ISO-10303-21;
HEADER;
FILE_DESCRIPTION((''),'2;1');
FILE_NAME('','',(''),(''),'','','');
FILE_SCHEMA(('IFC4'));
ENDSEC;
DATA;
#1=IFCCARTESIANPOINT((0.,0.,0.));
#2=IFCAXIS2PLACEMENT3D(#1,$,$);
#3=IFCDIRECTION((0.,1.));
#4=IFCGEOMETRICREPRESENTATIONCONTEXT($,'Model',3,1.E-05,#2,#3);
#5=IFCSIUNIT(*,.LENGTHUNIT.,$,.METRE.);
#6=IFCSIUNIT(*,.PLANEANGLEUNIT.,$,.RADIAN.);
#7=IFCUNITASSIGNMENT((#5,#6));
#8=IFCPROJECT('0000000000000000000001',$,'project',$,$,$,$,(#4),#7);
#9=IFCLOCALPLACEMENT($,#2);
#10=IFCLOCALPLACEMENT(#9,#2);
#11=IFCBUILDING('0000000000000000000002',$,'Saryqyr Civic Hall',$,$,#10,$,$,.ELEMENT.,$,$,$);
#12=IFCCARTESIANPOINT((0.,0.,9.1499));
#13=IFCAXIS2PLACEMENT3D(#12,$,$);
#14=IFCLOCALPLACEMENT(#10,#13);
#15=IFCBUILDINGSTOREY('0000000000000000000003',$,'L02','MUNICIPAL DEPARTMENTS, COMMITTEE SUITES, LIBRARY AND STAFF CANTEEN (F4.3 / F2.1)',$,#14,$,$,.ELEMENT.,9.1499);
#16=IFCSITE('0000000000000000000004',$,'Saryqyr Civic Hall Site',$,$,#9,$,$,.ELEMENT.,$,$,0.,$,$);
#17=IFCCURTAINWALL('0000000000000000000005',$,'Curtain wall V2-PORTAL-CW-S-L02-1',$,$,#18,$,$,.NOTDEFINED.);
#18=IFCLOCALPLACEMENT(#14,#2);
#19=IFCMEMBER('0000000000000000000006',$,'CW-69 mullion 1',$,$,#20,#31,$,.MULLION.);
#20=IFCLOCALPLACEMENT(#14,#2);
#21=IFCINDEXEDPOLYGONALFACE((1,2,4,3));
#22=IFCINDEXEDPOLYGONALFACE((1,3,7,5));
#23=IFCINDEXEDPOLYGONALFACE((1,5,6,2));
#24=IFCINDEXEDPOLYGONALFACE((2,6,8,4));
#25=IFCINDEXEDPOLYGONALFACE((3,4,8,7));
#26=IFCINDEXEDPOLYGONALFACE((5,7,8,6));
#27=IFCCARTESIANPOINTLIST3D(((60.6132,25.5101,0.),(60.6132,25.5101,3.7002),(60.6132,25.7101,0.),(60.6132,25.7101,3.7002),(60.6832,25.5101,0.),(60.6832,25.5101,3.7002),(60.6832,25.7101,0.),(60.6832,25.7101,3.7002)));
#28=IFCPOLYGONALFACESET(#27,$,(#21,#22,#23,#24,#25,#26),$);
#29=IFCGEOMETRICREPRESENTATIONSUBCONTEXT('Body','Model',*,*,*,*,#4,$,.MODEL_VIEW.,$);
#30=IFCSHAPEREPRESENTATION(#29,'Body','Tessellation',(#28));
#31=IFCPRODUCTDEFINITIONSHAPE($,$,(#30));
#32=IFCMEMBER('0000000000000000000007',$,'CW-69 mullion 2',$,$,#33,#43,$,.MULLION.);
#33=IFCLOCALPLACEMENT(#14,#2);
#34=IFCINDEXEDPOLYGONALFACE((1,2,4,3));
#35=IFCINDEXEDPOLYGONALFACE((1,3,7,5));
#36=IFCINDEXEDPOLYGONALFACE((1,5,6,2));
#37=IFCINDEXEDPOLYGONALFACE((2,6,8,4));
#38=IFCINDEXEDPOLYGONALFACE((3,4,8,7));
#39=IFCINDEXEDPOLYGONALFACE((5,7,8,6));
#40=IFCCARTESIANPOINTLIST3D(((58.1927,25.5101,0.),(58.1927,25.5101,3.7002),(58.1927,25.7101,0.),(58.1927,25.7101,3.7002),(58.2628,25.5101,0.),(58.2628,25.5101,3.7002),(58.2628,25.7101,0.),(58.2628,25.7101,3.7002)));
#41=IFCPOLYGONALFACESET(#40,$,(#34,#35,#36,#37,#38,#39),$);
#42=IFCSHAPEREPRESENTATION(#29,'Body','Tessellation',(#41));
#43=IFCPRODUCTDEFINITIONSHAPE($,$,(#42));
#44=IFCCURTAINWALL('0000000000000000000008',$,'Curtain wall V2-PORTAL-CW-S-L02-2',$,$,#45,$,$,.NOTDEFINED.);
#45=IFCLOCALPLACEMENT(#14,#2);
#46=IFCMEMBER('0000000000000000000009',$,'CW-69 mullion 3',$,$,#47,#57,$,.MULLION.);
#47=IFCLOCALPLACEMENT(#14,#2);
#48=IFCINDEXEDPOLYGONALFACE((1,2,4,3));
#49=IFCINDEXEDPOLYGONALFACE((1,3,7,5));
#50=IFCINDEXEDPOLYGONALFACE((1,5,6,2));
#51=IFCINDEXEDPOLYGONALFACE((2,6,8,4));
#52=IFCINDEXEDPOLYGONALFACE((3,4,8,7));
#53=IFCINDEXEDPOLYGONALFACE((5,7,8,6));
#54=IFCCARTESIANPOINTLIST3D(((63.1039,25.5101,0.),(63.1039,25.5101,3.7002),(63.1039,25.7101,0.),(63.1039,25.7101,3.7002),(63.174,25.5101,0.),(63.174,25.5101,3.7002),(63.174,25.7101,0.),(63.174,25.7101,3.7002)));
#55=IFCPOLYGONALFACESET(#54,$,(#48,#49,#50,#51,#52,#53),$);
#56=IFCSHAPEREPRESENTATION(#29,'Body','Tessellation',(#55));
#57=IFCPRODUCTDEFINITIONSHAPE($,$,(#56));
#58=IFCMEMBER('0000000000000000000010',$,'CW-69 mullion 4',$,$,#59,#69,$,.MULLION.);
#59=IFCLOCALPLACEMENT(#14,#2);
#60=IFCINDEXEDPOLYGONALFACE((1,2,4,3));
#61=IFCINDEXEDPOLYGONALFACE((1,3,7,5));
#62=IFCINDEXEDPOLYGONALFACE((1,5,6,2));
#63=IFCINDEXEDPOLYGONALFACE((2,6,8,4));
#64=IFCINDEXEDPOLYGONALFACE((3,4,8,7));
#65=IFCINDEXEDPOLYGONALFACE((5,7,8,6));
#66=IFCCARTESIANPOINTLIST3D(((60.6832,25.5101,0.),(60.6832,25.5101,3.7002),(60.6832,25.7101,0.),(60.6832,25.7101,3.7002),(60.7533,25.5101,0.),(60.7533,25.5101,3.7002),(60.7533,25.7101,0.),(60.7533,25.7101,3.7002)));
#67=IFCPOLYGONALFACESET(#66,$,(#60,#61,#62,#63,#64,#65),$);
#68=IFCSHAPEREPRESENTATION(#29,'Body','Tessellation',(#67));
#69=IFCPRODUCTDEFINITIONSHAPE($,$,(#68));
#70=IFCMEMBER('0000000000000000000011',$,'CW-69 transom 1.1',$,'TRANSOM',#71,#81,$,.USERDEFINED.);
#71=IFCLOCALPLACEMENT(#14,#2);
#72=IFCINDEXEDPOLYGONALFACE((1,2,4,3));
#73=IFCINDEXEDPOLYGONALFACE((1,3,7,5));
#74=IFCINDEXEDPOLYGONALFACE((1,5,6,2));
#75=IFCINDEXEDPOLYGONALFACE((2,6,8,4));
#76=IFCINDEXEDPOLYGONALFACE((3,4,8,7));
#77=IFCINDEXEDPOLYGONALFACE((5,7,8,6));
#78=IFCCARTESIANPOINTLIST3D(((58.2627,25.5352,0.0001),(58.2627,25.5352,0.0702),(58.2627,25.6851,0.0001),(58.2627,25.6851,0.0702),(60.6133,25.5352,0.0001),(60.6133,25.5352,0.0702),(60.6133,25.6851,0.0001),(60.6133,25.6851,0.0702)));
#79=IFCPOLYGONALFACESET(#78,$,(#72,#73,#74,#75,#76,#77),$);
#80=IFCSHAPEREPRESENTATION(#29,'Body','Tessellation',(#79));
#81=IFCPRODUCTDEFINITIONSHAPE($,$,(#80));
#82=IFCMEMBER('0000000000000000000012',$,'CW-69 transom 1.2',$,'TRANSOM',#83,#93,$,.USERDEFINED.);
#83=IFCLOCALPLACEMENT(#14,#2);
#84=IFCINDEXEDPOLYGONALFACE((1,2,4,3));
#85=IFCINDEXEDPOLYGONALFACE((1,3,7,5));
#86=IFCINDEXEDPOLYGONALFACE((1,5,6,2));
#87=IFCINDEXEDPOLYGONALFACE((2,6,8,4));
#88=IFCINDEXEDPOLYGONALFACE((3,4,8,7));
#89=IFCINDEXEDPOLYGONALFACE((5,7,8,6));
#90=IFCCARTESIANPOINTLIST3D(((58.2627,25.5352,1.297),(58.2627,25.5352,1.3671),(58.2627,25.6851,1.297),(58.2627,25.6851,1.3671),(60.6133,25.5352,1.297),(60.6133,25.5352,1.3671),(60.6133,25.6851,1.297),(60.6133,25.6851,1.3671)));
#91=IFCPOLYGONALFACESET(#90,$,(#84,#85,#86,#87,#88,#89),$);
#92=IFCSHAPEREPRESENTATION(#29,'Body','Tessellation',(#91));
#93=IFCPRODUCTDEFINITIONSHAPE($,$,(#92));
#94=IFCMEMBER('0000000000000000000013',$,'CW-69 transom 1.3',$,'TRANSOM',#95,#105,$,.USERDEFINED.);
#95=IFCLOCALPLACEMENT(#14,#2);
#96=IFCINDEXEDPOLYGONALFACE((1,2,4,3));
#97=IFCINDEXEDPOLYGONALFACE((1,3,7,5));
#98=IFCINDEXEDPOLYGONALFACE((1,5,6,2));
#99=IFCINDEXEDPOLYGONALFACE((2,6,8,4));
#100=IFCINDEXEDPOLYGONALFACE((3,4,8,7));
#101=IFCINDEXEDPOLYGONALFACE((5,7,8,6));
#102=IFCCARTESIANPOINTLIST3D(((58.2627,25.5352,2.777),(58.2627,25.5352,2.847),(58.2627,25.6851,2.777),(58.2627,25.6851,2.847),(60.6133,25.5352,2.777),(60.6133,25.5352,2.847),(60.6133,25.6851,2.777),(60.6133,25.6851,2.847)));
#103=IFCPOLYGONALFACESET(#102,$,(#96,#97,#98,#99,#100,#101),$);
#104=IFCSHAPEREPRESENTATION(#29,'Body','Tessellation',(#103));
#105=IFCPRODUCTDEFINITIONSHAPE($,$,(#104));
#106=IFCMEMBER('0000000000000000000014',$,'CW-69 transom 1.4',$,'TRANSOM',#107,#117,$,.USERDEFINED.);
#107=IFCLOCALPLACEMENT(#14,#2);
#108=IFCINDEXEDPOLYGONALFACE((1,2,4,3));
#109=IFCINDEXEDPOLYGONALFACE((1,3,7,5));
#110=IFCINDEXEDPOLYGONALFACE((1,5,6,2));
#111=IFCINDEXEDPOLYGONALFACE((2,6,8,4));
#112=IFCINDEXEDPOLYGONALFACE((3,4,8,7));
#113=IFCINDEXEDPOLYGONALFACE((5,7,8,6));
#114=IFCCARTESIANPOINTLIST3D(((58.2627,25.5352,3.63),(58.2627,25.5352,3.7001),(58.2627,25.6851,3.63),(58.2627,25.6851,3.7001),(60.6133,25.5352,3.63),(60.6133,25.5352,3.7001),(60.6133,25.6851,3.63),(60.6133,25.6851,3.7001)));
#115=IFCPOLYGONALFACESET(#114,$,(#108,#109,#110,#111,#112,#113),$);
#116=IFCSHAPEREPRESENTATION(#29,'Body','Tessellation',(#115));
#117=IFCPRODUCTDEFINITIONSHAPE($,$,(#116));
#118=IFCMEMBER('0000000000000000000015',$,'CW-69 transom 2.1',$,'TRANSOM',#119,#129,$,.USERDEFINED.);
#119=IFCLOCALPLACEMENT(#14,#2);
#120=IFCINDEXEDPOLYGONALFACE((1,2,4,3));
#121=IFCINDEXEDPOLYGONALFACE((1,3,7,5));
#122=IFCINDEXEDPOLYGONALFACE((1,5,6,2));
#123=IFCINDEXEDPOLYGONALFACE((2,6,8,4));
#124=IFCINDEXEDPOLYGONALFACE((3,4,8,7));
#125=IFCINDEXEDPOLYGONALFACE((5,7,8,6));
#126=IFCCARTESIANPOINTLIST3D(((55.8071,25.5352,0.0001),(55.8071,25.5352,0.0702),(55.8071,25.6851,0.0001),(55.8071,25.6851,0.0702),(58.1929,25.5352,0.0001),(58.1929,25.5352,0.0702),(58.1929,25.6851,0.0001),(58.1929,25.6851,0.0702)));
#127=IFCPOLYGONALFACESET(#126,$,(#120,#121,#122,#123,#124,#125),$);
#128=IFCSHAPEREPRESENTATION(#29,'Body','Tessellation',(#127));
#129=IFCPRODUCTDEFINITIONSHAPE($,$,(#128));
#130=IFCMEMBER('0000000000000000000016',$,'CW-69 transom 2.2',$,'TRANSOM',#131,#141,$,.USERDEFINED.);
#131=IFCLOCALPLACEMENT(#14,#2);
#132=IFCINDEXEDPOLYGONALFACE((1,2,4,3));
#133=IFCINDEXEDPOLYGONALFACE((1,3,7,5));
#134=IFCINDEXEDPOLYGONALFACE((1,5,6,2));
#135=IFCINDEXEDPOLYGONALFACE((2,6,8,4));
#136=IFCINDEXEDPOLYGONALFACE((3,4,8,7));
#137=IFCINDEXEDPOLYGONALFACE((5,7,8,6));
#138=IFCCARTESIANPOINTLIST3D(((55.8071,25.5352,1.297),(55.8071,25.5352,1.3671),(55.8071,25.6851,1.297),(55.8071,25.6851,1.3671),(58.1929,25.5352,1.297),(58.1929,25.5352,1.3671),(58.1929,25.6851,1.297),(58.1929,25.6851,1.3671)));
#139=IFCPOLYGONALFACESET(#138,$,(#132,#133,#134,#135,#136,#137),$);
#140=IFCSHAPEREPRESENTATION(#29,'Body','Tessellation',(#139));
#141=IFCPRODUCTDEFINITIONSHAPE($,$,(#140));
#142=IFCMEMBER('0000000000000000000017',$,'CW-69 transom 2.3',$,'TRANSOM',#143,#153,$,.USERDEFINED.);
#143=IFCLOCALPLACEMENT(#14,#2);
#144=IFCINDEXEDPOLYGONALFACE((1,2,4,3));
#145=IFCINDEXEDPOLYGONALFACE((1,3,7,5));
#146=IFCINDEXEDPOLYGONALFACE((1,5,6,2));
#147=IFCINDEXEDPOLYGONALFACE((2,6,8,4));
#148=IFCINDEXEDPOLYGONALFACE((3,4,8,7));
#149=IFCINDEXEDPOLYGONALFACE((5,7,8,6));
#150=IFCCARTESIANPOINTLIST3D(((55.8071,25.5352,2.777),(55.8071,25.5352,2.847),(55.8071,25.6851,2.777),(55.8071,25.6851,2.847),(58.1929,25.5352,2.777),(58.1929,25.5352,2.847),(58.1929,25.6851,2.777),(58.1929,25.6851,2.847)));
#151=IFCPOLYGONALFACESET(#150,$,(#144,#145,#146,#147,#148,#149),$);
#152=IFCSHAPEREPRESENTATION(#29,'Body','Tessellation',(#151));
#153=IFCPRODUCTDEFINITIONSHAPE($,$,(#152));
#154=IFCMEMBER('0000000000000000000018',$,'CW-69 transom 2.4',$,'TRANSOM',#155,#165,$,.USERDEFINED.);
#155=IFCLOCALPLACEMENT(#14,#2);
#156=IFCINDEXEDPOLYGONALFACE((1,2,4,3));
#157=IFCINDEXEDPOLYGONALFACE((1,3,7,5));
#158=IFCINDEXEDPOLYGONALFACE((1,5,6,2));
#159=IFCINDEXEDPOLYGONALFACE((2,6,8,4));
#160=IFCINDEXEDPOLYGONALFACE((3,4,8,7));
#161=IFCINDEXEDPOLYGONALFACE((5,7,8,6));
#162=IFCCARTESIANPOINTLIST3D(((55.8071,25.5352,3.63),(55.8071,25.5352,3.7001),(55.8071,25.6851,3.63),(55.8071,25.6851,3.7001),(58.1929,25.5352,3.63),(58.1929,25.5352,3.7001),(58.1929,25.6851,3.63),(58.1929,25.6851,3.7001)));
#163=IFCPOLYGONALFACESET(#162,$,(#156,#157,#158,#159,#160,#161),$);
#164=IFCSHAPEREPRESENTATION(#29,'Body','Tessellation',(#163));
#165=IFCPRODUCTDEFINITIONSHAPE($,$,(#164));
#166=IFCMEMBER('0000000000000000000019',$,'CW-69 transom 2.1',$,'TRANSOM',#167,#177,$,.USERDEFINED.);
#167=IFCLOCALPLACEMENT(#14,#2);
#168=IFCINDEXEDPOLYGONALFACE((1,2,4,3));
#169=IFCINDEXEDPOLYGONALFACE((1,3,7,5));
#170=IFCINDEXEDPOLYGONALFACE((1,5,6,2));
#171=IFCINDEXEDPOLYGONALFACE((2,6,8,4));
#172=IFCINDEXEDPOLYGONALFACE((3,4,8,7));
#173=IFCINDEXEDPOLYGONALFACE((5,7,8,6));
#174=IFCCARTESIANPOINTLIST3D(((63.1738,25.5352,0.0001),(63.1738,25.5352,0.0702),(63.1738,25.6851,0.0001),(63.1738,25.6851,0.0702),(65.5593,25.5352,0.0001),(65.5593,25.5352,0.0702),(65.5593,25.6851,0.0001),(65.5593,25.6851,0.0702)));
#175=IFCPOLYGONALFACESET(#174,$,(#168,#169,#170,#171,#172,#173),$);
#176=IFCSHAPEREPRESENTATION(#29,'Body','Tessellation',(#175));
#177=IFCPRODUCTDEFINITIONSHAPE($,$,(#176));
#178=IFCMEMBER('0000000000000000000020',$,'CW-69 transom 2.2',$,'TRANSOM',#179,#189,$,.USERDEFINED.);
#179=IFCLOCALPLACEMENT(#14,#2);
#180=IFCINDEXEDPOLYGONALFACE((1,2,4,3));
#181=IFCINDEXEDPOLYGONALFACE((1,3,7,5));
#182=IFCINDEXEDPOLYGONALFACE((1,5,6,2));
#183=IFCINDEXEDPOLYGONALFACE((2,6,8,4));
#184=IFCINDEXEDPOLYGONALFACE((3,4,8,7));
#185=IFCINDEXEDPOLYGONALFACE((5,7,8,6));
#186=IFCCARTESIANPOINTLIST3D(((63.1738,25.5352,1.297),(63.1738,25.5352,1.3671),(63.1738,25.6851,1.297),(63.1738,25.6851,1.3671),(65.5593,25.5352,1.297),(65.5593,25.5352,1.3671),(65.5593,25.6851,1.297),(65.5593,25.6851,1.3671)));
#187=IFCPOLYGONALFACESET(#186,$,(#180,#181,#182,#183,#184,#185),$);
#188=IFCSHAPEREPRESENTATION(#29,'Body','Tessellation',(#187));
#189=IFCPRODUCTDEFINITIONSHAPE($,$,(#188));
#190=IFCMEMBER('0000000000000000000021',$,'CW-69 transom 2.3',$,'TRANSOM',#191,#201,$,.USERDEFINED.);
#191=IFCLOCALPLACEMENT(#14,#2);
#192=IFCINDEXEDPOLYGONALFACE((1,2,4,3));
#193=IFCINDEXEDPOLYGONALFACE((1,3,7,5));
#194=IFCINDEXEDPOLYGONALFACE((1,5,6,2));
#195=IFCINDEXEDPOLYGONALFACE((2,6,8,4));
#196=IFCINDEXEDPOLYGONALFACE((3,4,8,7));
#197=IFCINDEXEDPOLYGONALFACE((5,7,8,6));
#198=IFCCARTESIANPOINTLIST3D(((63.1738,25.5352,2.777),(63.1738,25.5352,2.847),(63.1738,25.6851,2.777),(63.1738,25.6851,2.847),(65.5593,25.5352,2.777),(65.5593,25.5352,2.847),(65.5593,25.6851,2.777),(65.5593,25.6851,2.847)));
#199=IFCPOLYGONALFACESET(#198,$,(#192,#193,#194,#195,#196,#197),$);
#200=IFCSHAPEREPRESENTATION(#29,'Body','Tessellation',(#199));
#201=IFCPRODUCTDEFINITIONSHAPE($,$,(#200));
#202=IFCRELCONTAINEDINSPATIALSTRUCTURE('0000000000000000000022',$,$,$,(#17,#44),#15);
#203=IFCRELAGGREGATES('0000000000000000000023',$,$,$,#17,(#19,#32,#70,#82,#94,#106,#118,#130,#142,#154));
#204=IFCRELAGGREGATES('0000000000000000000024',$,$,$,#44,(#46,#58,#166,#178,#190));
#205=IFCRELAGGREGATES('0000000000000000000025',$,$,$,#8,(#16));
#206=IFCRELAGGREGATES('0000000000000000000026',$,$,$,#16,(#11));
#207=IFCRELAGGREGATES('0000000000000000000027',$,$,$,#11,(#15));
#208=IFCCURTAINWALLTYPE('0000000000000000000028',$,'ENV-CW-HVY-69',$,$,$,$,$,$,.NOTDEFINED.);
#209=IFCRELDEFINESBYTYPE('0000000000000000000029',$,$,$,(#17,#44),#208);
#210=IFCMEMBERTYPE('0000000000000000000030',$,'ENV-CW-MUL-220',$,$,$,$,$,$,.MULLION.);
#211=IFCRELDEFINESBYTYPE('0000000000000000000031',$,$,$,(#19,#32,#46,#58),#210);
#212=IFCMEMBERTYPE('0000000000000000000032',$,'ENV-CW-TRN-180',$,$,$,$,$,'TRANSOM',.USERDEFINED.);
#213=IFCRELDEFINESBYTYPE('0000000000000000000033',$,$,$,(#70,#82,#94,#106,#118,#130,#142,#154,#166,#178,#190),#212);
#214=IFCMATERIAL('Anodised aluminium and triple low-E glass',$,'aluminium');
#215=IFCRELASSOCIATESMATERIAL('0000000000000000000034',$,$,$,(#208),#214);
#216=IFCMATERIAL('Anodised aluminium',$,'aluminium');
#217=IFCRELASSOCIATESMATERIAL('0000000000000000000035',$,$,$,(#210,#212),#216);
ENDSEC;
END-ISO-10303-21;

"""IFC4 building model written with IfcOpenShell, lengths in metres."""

from ifc_helpers import new_model, si_unit, direction, frame, origin, origin_2d, place, context, subcontext, project, spatial, rectangle, extrude, material, material_profile, profile_set, type_object, element, aggregate, save


model = new_model("IFC4")

# Units and contexts
model_context = context("Model", 3, precision=1e-05, world=origin(), true_north=direction((0.0, 1.0)))
body_context = subcontext(model_context, "Body", "Model", "MODEL_VIEW")
ifc_project = project(units=[si_unit("LENGTHUNIT", "METRE"), si_unit("PLANEANGLEUNIT", "RADIAN")], contexts=[model_context])

# Site, building, storey
site_placement = place(None, origin())
site = spatial("IfcSite", under=ifc_project, at=site_placement, Name="Saryqyr Civic Hall Site", CompositionType="ELEMENT", RefElevation=0.0)
building_placement = place(site_placement, origin())
building = spatial("IfcBuilding", under=site, at=building_placement, Name="Saryqyr Civic Hall", CompositionType="ELEMENT")
storey_placement = place(building_placement, frame((0.0, 0.0, 9.1499)))
storey = spatial("IfcBuildingStorey", under=building, at=storey_placement, Name="L02", Description="MUNICIPAL DEPARTMENTS, COMMITTEE SUITES, LIBRARY AND STAFF CANTEEN (F4.3 / F2.1)", CompositionType="ELEMENT", Elevation=9.1499)

# Curtain walls, members
ifc_material_1 = material(Name="Anodised aluminium and triple low-E glass", Category="aluminium")
curtain_wall_type = type_object("IfcCurtainWallType", Name="ENV-CW-HVY-69", PredefinedType="NOTDEFINED", material=ifc_material_1)
curtain_wall_1_placement = place(storey_placement, origin())
curtain_wall_1 = element("IfcCurtainWall", 1, at=curtain_wall_1_placement, inside=storey, type_object=curtain_wall_type, Name="Curtain wall V2-PORTAL-CW-S-L02-1", PredefinedType="NOTDEFINED")
ifc_material_2 = material(Name="Anodised aluminium", Category="aluminium")
ifc_material_profile_1 = material_profile(ifc_material_2, rectangle(XDim=0.0701, YDim=0.2, at=origin_2d()), Name="ALU MULLION 70x200")
ifc_profile_set_1 = profile_set([ifc_material_profile_1], Name="Anodised aluminium")
member_type_1 = type_object("IfcMemberType", Name="ENV-CW-MUL-220", PredefinedType="MULLION", material=ifc_profile_set_1)
member_1_placement = place(storey_placement, frame((60.6482, 25.6101, 0.0), z_axis=(0.0, 0.0, 1.0), x_axis=(-1.0, 0.0, 0.0)))
member_1 = element("IfcMember", 2, at=member_1_placement, type_object=member_type_1, Name="CW-69 mullion 1", PredefinedType="MULLION", context=body_context, shape_type="SweptSolid", body=[
    extrude(rectangle(XDim=0.0701, YDim=0.2, at=origin_2d()), origin(), (0.0, 0.0, 1.0), 3.7002),
])
member_2_placement = place(storey_placement, frame((58.2278, 25.6101, 0.0), z_axis=(0.0, 0.0, 1.0), x_axis=(-1.0, 0.0, 0.0)))
member_2 = element("IfcMember", 3, at=member_2_placement, type_object=member_type_1, Name="CW-69 mullion 2", PredefinedType="MULLION", context=body_context, shape_type="SweptSolid", body=[
    extrude(rectangle(XDim=0.0701, YDim=0.2, at=origin_2d()), origin(), (0.0, 0.0, 1.0), 3.7002),
])
curtain_wall_2_placement = place(storey_placement, origin())
curtain_wall_2 = element("IfcCurtainWall", 4, at=curtain_wall_2_placement, inside=storey, type_object=curtain_wall_type, Name="Curtain wall V2-PORTAL-CW-S-L02-2", PredefinedType="NOTDEFINED")
member_3_placement = place(storey_placement, frame((63.1389, 25.6101, 0.0), z_axis=(0.0, 0.0, 1.0), x_axis=(-1.0, 0.0, 0.0)))
member_3 = element("IfcMember", 5, at=member_3_placement, type_object=member_type_1, Name="CW-69 mullion 3", PredefinedType="MULLION", context=body_context, shape_type="SweptSolid", body=[
    extrude(rectangle(XDim=0.0701, YDim=0.2, at=origin_2d()), origin(), (0.0, 0.0, 1.0), 3.7002),
])
member_4_placement = place(storey_placement, frame((60.7183, 25.6101, 0.0), z_axis=(0.0, 0.0, 1.0), x_axis=(-1.0, 0.0, 0.0)))
member_4 = element("IfcMember", 6, at=member_4_placement, type_object=member_type_1, Name="CW-69 mullion 4", PredefinedType="MULLION", context=body_context, shape_type="SweptSolid", body=[
    extrude(rectangle(XDim=0.0701, YDim=0.2, at=origin_2d()), origin(), (0.0, 0.0, 1.0), 3.7002),
])

# Members
ifc_material_profile_2 = material_profile(ifc_material_2, rectangle(XDim=0.1499, YDim=0.0701, at=origin_2d()), Name="ALU TRANSOM 150x70")
ifc_profile_set_2 = profile_set([ifc_material_profile_2], Name="Anodised aluminium")
member_type_2 = type_object("IfcMemberType", Name="ENV-CW-TRN-180", ElementType="TRANSOM", PredefinedType="USERDEFINED", material=ifc_profile_set_2)
member_5_placement = place(storey_placement, frame((60.6133, 25.6101, 0.0352), z_axis=(-1.0, 0.0, 0.0), x_axis=(0.0, -1.0, 0.0)))
member_5 = element("IfcMember", 7, at=member_5_placement, type_object=member_type_2, Name="CW-69 transom 1.1", ObjectType="TRANSOM", PredefinedType="USERDEFINED", context=body_context, shape_type="SweptSolid", body=[
    extrude(rectangle(XDim=0.1499, YDim=0.0701, at=origin_2d()), origin(), (0.0, 0.0, 1.0), 2.3506),
])
member_6_placement = place(storey_placement, frame((60.6133, 25.6101, 1.332), z_axis=(-1.0, 0.0, 0.0), x_axis=(0.0, -1.0, 0.0)))
member_6 = element("IfcMember", 8, at=member_6_placement, type_object=member_type_2, Name="CW-69 transom 1.2", ObjectType="TRANSOM", PredefinedType="USERDEFINED", context=body_context, shape_type="SweptSolid", body=[
    extrude(rectangle(XDim=0.1499, YDim=0.0701, at=origin_2d()), origin(), (0.0, 0.0, 1.0), 2.3506),
])
member_7_placement = place(storey_placement, frame((60.6133, 25.6101, 2.812), z_axis=(-1.0, 0.0, 0.0), x_axis=(0.0, -1.0, 0.0)))
member_7 = element("IfcMember", 9, at=member_7_placement, type_object=member_type_2, Name="CW-69 transom 1.3", ObjectType="TRANSOM", PredefinedType="USERDEFINED", context=body_context, shape_type="SweptSolid", body=[
    extrude(rectangle(XDim=0.1499, YDim=0.0701, at=origin_2d()), origin(), (0.0, 0.0, 1.0), 2.3506),
])
member_8_placement = place(storey_placement, frame((60.6133, 25.6101, 3.665), z_axis=(-1.0, 0.0, 0.0), x_axis=(0.0, -1.0, 0.0)))
member_8 = element("IfcMember", 10, at=member_8_placement, type_object=member_type_2, Name="CW-69 transom 1.4", ObjectType="TRANSOM", PredefinedType="USERDEFINED", context=body_context, shape_type="SweptSolid", body=[
    extrude(rectangle(XDim=0.1499, YDim=0.0701, at=origin_2d()), origin(), (0.0, 0.0, 1.0), 2.3506),
])
member_9_placement = place(storey_placement, frame((58.1929, 25.6101, 0.0352), z_axis=(-1.0, 0.0, 0.0), x_axis=(0.0, -1.0, 0.0)))
member_9 = element("IfcMember", 11, at=member_9_placement, type_object=member_type_2, Name="CW-69 transom 2.1", ObjectType="TRANSOM", PredefinedType="USERDEFINED", context=body_context, shape_type="SweptSolid", body=[
    extrude(rectangle(XDim=0.1499, YDim=0.0701, at=origin_2d()), origin(), (0.0, 0.0, 1.0), 2.3857),
])
member_10_placement = place(storey_placement, frame((58.1929, 25.6101, 1.332), z_axis=(-1.0, 0.0, 0.0), x_axis=(0.0, -1.0, 0.0)))
member_10 = element("IfcMember", 12, at=member_10_placement, type_object=member_type_2, Name="CW-69 transom 2.2", ObjectType="TRANSOM", PredefinedType="USERDEFINED", context=body_context, shape_type="SweptSolid", body=[
    extrude(rectangle(XDim=0.1499, YDim=0.0701, at=origin_2d()), origin(), (0.0, 0.0, 1.0), 2.3857),
])
member_11_placement = place(storey_placement, frame((58.1929, 25.6101, 2.812), z_axis=(-1.0, 0.0, 0.0), x_axis=(0.0, -1.0, 0.0)))
member_11 = element("IfcMember", 13, at=member_11_placement, type_object=member_type_2, Name="CW-69 transom 2.3", ObjectType="TRANSOM", PredefinedType="USERDEFINED", context=body_context, shape_type="SweptSolid", body=[
    extrude(rectangle(XDim=0.1499, YDim=0.0701, at=origin_2d()), origin(), (0.0, 0.0, 1.0), 2.3857),
])
member_12_placement = place(storey_placement, frame((58.1929, 25.6101, 3.665), z_axis=(-1.0, 0.0, 0.0), x_axis=(0.0, -1.0, 0.0)))
member_12 = element("IfcMember", 14, at=member_12_placement, type_object=member_type_2, Name="CW-69 transom 2.4", ObjectType="TRANSOM", PredefinedType="USERDEFINED", context=body_context, shape_type="SweptSolid", body=[
    extrude(rectangle(XDim=0.1499, YDim=0.0701, at=origin_2d()), origin(), (0.0, 0.0, 1.0), 2.3857),
])
member_13_placement = place(storey_placement, frame((65.5593, 25.6101, 0.0352), z_axis=(-1.0, 0.0, 0.0), x_axis=(0.0, -1.0, 0.0)))
member_13 = element("IfcMember", 15, at=member_13_placement, type_object=member_type_2, Name="CW-69 transom 2.1", ObjectType="TRANSOM", PredefinedType="USERDEFINED", context=body_context, shape_type="SweptSolid", body=[
    extrude(rectangle(XDim=0.1499, YDim=0.0701, at=origin_2d()), origin(), (0.0, 0.0, 1.0), 2.3855),
])
member_14_placement = place(storey_placement, frame((65.5593, 25.6101, 1.332), z_axis=(-1.0, 0.0, 0.0), x_axis=(0.0, -1.0, 0.0)))
member_14 = element("IfcMember", 16, at=member_14_placement, type_object=member_type_2, Name="CW-69 transom 2.2", ObjectType="TRANSOM", PredefinedType="USERDEFINED", context=body_context, shape_type="SweptSolid", body=[
    extrude(rectangle(XDim=0.1499, YDim=0.0701, at=origin_2d()), origin(), (0.0, 0.0, 1.0), 2.3855),
])
member_15_placement = place(storey_placement, frame((65.5593, 25.6101, 2.812), z_axis=(-1.0, 0.0, 0.0), x_axis=(0.0, -1.0, 0.0)))
member_15 = element("IfcMember", 17, at=member_15_placement, type_object=member_type_2, Name="CW-69 transom 2.3", ObjectType="TRANSOM", PredefinedType="USERDEFINED", context=body_context, shape_type="SweptSolid", body=[
    extrude(rectangle(XDim=0.1499, YDim=0.0701, at=origin_2d()), origin(), (0.0, 0.0, 1.0), 2.3855),
])

aggregate(curtain_wall_1, [member_1, member_2, member_5, member_6, member_7, member_8, member_9, member_10, member_11, member_12])
aggregate(curtain_wall_2, [member_3, member_4, member_13, member_14, member_15])

save(model, "model.ifc")
